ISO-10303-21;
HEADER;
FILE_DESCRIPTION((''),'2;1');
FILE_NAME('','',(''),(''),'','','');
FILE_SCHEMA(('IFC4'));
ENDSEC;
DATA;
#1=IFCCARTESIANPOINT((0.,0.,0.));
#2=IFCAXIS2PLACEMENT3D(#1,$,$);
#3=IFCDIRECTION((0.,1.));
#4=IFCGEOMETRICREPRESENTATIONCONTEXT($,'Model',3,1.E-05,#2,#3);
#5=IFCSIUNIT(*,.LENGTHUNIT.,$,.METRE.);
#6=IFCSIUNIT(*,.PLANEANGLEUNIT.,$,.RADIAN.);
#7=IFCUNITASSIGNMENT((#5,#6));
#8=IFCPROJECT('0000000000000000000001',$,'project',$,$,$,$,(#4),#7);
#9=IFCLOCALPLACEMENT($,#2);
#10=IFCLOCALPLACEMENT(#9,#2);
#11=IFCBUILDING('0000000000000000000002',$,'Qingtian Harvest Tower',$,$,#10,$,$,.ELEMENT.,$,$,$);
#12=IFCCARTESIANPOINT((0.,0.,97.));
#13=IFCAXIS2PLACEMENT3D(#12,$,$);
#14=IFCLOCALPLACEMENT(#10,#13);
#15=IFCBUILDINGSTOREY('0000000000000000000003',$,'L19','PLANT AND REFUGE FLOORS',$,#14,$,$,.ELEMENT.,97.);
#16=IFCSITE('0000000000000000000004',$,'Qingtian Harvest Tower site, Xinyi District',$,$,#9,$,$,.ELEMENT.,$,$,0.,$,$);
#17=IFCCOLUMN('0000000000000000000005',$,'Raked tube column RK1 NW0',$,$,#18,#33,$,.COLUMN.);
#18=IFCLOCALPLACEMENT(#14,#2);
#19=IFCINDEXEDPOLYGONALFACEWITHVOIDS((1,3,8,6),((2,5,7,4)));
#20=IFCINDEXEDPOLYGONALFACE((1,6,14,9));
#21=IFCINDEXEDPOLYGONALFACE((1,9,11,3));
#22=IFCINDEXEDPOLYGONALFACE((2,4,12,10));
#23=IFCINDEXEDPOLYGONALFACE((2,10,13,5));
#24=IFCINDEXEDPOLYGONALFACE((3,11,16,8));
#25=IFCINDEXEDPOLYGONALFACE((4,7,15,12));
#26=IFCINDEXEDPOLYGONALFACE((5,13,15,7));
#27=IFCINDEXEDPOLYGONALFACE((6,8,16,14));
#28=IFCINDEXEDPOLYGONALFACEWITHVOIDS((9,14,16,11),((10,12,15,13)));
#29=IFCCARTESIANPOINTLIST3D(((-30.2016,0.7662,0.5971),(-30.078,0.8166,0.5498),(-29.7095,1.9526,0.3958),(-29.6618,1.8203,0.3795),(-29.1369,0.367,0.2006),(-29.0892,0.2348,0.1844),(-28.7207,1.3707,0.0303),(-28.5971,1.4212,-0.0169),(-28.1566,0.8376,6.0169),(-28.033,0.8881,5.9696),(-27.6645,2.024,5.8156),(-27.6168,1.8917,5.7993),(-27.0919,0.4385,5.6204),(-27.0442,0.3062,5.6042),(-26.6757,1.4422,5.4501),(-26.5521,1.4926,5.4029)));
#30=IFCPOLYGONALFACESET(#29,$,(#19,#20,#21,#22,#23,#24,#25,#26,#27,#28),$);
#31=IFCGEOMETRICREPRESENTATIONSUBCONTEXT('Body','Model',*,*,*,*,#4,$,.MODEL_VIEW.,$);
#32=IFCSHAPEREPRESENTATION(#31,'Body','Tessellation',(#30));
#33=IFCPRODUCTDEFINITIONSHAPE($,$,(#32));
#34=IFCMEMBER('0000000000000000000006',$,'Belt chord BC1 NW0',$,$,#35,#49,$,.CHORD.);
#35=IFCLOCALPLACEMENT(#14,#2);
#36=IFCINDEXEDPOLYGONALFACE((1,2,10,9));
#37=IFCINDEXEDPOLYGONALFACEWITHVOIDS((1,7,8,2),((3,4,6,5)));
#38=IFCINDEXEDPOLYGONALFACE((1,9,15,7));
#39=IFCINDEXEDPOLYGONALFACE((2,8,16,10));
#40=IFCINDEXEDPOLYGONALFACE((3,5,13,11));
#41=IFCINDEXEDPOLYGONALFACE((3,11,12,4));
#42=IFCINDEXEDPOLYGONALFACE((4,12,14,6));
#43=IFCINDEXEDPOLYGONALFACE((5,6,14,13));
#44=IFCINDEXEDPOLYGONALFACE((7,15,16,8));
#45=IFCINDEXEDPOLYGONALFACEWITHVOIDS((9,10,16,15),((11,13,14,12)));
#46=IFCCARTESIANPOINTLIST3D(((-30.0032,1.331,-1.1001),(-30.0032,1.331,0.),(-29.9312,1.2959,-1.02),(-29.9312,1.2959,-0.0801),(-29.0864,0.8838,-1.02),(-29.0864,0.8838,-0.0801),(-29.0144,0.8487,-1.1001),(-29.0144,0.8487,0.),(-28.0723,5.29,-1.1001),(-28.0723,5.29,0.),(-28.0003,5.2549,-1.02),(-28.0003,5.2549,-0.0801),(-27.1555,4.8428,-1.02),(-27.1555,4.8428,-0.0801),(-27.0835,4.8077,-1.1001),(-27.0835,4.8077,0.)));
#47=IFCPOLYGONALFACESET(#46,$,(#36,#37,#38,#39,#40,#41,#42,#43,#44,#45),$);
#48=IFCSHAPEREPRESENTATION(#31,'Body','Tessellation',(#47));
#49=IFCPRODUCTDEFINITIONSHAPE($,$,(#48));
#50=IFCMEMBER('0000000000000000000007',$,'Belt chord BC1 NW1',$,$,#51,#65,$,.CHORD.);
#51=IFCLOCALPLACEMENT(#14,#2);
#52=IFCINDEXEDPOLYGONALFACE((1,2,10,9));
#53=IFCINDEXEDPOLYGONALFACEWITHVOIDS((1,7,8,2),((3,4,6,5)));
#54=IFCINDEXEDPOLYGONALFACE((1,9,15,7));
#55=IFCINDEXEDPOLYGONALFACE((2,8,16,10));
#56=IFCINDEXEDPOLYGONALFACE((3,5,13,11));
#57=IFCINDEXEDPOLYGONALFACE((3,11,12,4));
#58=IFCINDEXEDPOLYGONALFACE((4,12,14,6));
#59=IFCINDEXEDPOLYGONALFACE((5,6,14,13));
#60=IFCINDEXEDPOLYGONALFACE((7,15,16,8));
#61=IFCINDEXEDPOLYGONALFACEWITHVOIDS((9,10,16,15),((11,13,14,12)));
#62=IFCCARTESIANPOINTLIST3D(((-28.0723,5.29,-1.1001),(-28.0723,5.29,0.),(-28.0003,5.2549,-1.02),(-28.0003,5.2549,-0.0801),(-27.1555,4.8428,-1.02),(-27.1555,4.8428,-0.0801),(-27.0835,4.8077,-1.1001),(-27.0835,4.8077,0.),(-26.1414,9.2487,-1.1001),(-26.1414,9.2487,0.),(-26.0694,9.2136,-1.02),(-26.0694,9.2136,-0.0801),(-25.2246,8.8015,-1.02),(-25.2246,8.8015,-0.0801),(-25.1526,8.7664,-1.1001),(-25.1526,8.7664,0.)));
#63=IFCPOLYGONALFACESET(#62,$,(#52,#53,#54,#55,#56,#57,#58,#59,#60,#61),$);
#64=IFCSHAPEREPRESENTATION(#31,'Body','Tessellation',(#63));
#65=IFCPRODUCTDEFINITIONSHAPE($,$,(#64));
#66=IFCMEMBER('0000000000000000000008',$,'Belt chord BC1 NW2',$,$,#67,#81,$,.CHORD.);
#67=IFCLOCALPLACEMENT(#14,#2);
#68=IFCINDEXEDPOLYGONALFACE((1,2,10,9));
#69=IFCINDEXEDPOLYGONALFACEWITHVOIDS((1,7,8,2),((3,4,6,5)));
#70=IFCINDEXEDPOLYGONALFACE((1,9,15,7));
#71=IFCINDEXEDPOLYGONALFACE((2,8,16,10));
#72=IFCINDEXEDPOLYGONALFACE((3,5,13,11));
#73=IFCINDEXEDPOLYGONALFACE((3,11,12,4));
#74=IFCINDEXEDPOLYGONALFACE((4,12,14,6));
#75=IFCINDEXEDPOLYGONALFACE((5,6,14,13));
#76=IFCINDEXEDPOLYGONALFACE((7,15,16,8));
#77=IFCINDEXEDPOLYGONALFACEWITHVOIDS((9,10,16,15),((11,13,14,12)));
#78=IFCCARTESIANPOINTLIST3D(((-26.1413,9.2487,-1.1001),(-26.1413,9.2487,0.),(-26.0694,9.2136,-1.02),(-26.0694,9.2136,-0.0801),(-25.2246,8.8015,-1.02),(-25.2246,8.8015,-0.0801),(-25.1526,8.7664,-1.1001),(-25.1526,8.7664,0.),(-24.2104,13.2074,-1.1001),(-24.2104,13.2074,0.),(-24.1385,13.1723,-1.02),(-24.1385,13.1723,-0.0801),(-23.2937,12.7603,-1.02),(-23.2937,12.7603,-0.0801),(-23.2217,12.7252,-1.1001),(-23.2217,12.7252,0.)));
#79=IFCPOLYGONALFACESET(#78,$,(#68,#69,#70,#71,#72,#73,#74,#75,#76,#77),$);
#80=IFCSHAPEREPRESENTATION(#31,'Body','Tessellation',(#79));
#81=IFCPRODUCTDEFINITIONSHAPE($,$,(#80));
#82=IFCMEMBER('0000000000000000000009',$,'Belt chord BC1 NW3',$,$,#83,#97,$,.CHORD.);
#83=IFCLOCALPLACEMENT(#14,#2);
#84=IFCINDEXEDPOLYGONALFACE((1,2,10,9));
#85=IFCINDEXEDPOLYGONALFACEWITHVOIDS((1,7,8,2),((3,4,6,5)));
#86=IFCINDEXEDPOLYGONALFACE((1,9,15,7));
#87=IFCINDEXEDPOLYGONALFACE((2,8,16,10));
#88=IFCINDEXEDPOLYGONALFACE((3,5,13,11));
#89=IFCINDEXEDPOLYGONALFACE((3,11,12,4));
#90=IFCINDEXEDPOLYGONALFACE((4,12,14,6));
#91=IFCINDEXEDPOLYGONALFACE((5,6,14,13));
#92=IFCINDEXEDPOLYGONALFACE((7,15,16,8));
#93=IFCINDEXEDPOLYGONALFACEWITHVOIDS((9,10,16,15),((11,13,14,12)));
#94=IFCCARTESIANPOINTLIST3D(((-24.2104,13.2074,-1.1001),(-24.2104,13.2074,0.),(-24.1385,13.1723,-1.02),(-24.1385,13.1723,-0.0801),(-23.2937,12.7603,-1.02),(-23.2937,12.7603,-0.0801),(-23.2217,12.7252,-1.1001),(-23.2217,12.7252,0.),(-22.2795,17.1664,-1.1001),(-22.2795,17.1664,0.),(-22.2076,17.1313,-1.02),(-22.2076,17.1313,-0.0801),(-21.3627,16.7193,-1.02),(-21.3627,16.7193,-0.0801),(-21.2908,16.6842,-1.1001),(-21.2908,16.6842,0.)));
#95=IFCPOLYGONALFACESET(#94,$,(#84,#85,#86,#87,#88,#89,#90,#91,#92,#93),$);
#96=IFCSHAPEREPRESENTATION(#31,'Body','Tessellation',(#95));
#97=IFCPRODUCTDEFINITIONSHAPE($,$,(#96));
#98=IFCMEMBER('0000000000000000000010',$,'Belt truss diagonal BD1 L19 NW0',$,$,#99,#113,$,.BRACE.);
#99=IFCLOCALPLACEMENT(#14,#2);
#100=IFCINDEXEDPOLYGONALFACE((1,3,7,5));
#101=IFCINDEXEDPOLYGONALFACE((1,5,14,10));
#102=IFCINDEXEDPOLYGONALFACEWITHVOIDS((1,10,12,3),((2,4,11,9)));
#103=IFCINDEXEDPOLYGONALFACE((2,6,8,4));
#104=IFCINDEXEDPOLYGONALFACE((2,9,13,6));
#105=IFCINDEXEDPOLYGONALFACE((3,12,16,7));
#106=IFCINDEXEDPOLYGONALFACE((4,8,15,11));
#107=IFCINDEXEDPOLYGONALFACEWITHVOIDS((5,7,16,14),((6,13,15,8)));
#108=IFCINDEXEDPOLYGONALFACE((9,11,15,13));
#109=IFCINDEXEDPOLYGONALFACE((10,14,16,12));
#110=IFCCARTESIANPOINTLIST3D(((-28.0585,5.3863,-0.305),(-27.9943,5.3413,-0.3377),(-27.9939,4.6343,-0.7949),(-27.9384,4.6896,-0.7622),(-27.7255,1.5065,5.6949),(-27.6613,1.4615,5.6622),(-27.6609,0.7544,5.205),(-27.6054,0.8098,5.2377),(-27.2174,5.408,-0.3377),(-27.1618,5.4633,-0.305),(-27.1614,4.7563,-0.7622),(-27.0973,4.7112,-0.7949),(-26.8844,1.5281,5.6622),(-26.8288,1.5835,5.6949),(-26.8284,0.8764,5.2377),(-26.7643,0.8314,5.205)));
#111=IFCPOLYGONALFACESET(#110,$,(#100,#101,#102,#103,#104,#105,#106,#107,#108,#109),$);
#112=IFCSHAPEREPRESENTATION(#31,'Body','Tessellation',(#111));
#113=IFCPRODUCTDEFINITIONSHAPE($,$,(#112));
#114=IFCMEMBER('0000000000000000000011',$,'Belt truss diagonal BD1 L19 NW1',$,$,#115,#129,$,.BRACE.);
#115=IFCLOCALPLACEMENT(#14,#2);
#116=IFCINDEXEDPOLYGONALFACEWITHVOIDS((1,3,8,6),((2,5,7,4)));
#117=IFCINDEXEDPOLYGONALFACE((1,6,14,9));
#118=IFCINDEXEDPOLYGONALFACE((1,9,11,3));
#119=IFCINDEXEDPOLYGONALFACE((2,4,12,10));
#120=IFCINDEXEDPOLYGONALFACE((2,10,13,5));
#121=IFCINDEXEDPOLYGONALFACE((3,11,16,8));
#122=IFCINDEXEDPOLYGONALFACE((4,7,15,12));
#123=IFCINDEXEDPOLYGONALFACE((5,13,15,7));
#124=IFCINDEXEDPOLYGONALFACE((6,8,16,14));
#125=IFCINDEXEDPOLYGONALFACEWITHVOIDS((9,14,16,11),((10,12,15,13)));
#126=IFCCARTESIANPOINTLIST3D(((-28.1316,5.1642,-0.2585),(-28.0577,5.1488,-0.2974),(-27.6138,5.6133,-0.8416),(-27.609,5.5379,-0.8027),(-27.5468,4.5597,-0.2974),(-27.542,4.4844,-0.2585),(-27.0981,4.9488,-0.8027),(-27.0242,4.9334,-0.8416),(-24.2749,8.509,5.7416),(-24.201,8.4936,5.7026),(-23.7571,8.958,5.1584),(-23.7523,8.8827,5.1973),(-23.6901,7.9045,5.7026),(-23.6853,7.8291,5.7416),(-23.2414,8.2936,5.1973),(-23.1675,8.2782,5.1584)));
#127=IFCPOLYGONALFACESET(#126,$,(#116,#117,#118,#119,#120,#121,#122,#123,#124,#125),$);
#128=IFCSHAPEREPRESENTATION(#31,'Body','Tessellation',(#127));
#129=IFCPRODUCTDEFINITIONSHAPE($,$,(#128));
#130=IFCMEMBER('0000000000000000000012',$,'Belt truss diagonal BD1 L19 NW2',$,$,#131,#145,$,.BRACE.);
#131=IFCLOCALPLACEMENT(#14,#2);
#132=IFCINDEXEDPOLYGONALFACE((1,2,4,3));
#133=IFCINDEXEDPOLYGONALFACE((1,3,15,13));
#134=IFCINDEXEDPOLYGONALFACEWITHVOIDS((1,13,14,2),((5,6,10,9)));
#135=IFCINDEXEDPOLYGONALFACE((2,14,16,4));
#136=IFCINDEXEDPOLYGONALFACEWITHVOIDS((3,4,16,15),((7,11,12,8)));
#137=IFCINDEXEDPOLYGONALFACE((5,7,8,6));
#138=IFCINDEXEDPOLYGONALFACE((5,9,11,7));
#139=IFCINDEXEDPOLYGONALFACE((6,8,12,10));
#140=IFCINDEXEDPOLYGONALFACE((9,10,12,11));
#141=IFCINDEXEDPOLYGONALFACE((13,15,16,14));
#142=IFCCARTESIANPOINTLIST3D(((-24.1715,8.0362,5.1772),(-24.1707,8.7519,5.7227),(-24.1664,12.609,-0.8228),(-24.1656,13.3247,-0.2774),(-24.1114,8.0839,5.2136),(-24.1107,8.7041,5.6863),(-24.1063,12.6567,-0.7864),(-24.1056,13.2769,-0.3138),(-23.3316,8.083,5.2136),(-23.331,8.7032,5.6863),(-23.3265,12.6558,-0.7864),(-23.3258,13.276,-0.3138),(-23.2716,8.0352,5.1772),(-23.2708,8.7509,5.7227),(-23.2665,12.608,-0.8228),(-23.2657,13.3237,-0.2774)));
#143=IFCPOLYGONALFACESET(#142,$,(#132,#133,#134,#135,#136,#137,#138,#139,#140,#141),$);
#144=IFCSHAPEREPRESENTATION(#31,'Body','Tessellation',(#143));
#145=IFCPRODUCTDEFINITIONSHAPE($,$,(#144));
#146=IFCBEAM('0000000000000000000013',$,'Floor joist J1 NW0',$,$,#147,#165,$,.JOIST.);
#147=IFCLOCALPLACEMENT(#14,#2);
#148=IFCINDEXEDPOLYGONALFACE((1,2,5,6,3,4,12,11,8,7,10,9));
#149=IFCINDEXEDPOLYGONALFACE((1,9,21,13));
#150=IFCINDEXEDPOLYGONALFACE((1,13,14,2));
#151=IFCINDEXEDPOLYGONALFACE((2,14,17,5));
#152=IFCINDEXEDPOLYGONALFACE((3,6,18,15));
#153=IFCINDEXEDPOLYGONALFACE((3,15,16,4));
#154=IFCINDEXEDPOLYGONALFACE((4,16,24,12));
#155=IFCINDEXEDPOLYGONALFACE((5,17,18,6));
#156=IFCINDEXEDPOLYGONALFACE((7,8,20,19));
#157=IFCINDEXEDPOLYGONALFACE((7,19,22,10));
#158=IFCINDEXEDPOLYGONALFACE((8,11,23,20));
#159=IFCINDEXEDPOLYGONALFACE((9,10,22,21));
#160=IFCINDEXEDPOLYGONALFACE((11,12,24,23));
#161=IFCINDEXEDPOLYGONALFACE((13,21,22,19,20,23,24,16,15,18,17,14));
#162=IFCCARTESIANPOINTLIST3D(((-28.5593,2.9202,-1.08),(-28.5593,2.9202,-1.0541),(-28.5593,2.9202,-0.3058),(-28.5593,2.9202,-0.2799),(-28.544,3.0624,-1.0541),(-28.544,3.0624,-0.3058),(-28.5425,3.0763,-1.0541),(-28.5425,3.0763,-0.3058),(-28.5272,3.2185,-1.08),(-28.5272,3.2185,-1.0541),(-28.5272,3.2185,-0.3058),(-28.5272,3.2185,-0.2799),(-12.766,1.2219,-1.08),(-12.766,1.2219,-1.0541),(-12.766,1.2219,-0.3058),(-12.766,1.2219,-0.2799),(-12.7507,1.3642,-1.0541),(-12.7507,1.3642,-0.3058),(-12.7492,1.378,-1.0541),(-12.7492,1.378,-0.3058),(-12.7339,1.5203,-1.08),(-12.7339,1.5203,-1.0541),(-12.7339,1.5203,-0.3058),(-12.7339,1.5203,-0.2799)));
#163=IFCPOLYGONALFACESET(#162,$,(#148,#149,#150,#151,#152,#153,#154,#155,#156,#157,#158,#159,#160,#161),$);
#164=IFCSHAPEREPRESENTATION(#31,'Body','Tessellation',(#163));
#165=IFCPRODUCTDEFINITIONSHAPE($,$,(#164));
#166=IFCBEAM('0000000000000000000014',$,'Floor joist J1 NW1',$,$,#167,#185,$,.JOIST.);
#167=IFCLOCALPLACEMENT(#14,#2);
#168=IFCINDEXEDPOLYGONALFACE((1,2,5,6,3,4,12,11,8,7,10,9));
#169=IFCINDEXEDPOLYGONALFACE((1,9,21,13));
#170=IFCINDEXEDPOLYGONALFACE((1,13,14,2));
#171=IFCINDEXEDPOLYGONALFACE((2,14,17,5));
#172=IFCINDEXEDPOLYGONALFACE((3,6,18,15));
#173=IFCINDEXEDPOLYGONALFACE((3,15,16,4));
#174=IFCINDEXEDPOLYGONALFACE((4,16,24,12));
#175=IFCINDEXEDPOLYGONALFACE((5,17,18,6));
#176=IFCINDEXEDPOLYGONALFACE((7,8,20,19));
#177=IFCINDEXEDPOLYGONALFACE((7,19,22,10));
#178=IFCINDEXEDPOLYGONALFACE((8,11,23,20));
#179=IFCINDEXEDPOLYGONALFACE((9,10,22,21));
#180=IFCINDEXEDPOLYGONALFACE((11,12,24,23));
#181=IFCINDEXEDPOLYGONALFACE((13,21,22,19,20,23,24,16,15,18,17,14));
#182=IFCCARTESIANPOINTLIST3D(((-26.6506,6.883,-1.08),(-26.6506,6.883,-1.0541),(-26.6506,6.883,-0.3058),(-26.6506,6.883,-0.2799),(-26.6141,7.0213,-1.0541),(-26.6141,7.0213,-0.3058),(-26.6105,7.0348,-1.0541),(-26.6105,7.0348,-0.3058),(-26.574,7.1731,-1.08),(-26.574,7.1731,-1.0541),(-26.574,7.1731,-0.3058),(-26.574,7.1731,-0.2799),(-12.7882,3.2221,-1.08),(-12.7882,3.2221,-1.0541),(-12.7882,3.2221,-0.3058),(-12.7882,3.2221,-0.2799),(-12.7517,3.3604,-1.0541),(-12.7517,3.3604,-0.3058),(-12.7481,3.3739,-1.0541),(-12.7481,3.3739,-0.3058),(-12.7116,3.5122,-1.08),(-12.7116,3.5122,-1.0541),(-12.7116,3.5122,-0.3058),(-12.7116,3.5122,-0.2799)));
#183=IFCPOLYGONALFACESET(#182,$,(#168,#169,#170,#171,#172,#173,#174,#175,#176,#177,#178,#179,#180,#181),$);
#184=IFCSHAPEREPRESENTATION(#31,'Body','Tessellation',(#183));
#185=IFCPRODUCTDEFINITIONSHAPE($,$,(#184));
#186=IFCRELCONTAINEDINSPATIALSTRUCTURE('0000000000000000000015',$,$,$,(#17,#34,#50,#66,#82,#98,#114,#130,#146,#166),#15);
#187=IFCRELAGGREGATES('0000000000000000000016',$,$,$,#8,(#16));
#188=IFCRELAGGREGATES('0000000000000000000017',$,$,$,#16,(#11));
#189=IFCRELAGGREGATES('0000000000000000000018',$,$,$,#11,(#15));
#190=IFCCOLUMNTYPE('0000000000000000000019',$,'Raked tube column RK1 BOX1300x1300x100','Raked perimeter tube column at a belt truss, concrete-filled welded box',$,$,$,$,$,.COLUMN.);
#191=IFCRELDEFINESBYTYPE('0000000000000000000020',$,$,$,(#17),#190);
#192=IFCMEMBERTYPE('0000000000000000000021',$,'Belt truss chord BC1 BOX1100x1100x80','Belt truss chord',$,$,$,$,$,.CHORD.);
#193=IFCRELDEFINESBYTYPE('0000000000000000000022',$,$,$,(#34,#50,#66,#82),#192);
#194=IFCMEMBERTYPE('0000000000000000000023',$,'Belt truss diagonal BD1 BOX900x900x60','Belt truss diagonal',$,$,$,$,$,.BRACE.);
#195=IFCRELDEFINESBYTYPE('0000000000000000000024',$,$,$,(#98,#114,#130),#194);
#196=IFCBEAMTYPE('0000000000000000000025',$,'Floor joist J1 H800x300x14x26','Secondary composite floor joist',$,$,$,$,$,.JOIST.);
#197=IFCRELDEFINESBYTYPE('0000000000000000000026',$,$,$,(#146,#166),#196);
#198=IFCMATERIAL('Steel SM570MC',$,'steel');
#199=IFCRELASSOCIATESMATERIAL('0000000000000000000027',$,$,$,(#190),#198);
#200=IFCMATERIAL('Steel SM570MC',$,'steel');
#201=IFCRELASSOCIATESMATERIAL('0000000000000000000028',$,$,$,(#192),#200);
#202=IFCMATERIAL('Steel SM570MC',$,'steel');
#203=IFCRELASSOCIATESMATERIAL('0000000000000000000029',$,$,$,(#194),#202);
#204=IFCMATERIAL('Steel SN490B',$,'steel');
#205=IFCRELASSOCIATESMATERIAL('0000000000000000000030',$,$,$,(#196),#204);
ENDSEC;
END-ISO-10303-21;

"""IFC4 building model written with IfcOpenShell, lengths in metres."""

from ifc_helpers import new_model, si_unit, direction, frame, origin, origin_2d, place, context, subcontext, project, spatial, hollow_rectangle, i_section, extrude, clip, halfspace, material, material_profile, profile_set, type_object, element, save


model = new_model("IFC4")

# Units and contexts
model_context = context("Model", 3, precision=1e-05, world=origin(), true_north=direction((0.0, 1.0)))
body_context = subcontext(model_context, "Body", "Model", "MODEL_VIEW")
ifc_project = project(units=[si_unit("LENGTHUNIT", "METRE"), si_unit("PLANEANGLEUNIT", "RADIAN")], contexts=[model_context])

# Site, building, storey
site_placement = place(None, origin())
site = spatial("IfcSite", under=ifc_project, at=site_placement, Name="Qingtian Harvest Tower site, Xinyi District", CompositionType="ELEMENT", RefElevation=0.0)
building_placement = place(site_placement, origin())
building = spatial("IfcBuilding", under=site, at=building_placement, Name="Qingtian Harvest Tower", CompositionType="ELEMENT")
storey_placement = place(building_placement, frame((0.0, 0.0, 97.0)))
storey = spatial("IfcBuildingStorey", under=building, at=storey_placement, Name="L19", Description="PLANT AND REFUGE FLOORS", CompositionType="ELEMENT", Elevation=97.0)

# Column
ifc_material_1 = material(Name="Steel SM570MC", Category="steel")
ifc_material_profile_1 = material_profile(ifc_material_1, hollow_rectangle(XDim=1.3, YDim=1.3, WallThickness=0.1001, at=origin_2d()), Name="BOX1300x1300x100")
ifc_profile_set_1 = profile_set([ifc_material_profile_1], Name="Steel SM570MC")
column_type = type_object("IfcColumnType", Name="Raked tube column RK1 BOX1300x1300x100", Description="Raked perimeter tube column at a belt truss, concrete-filled welded box", PredefinedType="COLUMN", material=ifc_profile_set_1)
column_1_placement = place(storey_placement, frame((-29.5088, 1.0898, 0.0), z_axis=(0.352998, 0.012334, 0.935543), x_axis=(0.855655, -0.408742, -0.317466)))
element("IfcColumn", 1, at=column_1_placement, inside=storey, type_object=column_type, Name="Raked tube column RK1 NW0", PredefinedType="COLUMN", context=body_context, shape_type="Clipping", body=[
    clip(clip(extrude(hollow_rectangle(XDim=1.3, YDim=1.3, WallThickness=0.1001, at=origin_2d()), origin(), (0.0, 0.0, 1.0), 6.4133), halfspace(frame((0.0, 0.0, 0.3101), z_axis=(0.0, 0.0, -1.0), x_axis=(0.0, -1.0, 0.0)), False)), halfspace(frame((0.0, 0.0, 6.1033), z_axis=(0.0, 0.0, 1.0), x_axis=(0.0, 1.0, 0.0)), False)),
])

# Members
ifc_material_2 = material(Name="Steel SM570MC", Category="steel")
ifc_material_profile_2 = material_profile(ifc_material_2, hollow_rectangle(XDim=1.1001, YDim=1.1001, WallThickness=0.0801, at=origin_2d()), Name="BOX1100x1100x80")
ifc_profile_set_2 = profile_set([ifc_material_profile_2], Name="Steel SM570MC")
member_type_1 = type_object("IfcMemberType", Name="Belt truss chord BC1 BOX1100x1100x80", Description="Belt truss chord", PredefinedType="CHORD", material=ifc_profile_set_2)
member_1_placement = place(storey_placement, frame((-29.5088, 1.0898, -0.55), z_axis=(0.438368, 0.898796, 0.0), x_axis=(-0.898796, 0.438368, 0.0)))
element("IfcMember", 2, at=member_1_placement, inside=storey, type_object=member_type_1, Name="Belt chord BC1 NW0", PredefinedType="CHORD", context=body_context, shape_type="SweptSolid", body=[
    extrude(hollow_rectangle(XDim=1.1001, YDim=1.1001, WallThickness=0.0801, at=origin_2d()), origin(), (0.0, 0.0, 1.0), 4.4048),
])
for number, where, z_axis, x_axis, name in (
    (3, (-27.5779, 5.0488, -0.55), (0.43839, 0.898785, 0.0), (-0.898785, 0.43839, 0.0), "Belt chord BC1 NW1"),
    (4, (-25.647, 9.0076, -0.55), (0.43839, 0.898785, 0.0), (-0.898785, 0.43839, 0.0), "Belt chord BC1 NW2"),
):
    element("IfcMember", number, at=place(storey_placement, frame(where, z_axis=z_axis, x_axis=x_axis)), inside=storey, type_object=member_type_1, Name=name, PredefinedType="CHORD", context=body_context, shape_type="SweptSolid", body=[
        extrude(hollow_rectangle(XDim=1.1001, YDim=1.1001, WallThickness=0.0801, at=origin_2d()), origin(), (0.0, 0.0, 1.0), 4.4045),
    ])
member_2_placement = place(storey_placement, frame((-23.7161, 12.9663, -0.55), z_axis=(0.438368, 0.898796, 0.0), x_axis=(-0.898796, 0.438368, 0.0)))
element("IfcMember", 5, at=member_2_placement, inside=storey, type_object=member_type_1, Name="Belt chord BC1 NW3", PredefinedType="CHORD", context=body_context, shape_type="SweptSolid", body=[
    extrude(hollow_rectangle(XDim=1.1001, YDim=1.1001, WallThickness=0.0801, at=origin_2d()), origin(), (0.0, 0.0, 1.0), 4.4048),
])
ifc_material_3 = material(Name="Steel SM570MC", Category="steel")
ifc_material_profile_3 = material_profile(ifc_material_3, hollow_rectangle(XDim=0.8999, YDim=0.8999, WallThickness=0.0601, at=origin_2d()), Name="BOX900x900x60")
ifc_profile_set_3 = profile_set([ifc_material_profile_3], Name="Steel SM570MC")
member_type_2 = type_object("IfcMemberType", Name="Belt truss diagonal BD1 BOX900x900x60", Description="Belt truss diagonal", PredefinedType="BRACE", material=ifc_profile_set_3)
member_3_placement = place(storey_placement, frame((-27.2449, 1.1689, 5.45), z_axis=(-0.046555, 0.542419, -0.838817), x_axis=(-0.996337, -0.085515, 0.0)))
element("IfcMember", 6, at=member_3_placement, inside=storey, type_object=member_type_2, Name="Belt truss diagonal BD1 L19 NW0", PredefinedType="BRACE", context=body_context, shape_type="SweptSolid", body=[
    extrude(hollow_rectangle(XDim=0.8999, YDim=0.8999, WallThickness=0.0601, at=origin_2d()), origin(), (0.0, 0.0, 1.0), 7.1528),
])
member_4_placement = place(storey_placement, frame((-27.5779, 5.0488, -0.55), z_axis=(0.489558, 0.424571, 0.761625), x_axis=(-0.655184, 0.75547, 0.0)))
element("IfcMember", 7, at=member_4_placement, inside=storey, type_object=member_type_2, Name="Belt truss diagonal BD1 L19 NW1", PredefinedType="BRACE", context=body_context, shape_type="SweptSolid", body=[
    extrude(hollow_rectangle(XDim=0.8999, YDim=0.8999, WallThickness=0.0601, at=origin_2d()), origin(), (0.0, 0.0, 1.0), 7.8779),
])
member_5_placement = place(storey_placement, frame((-23.7212, 8.3936, 5.45), z_axis=(0.00068, 0.606154, -0.795347), x_axis=(-0.999999, 0.001121, 0.0)))
element("IfcMember", 8, at=member_5_placement, inside=storey, type_object=member_type_2, Name="Belt truss diagonal BD1 L19 NW2", PredefinedType="BRACE", context=body_context, shape_type="SweptSolid", body=[
    extrude(hollow_rectangle(XDim=0.8999, YDim=0.8999, WallThickness=0.0601, at=origin_2d()), origin(), (0.0, 0.0, 1.0), 7.5439),
])

# Beams
ifc_material_4 = material(Name="Steel SN490B", Category="steel")
ifc_material_profile_4 = material_profile(ifc_material_4, i_section(OverallWidth=0.3, OverallDepth=0.8, WebThickness=0.0139, FlangeThickness=0.0259, at=origin_2d()), Name="H800x300x14x26")
ifc_profile_set_4 = profile_set([ifc_material_profile_4], Name="Steel SN490B")
beam_type_1 = type_object("IfcBeamType", Name="Floor joist J1 H800x300x14x26", Description="Secondary composite floor joist", PredefinedType="JOIST", material=ifc_profile_set_4)
beam_1_placement = place(storey_placement, frame((-28.5432, 3.0693, -0.6799), z_axis=(0.994268, -0.106914, 0.0), x_axis=(0.106914, 0.994268, 0.0)))
element("IfcBeam", 9, at=beam_1_placement, inside=storey, type_object=beam_type_1, Name="Floor joist J1 NW0", PredefinedType="JOIST", context=body_context, shape_type="SweptSolid", body=[
    extrude(i_section(OverallWidth=0.3, OverallDepth=0.8, WebThickness=0.0139, FlangeThickness=0.0259, at=origin_2d()), origin(), (0.0, 0.0, 1.0), 15.8843),
])
beam_2_placement = place(storey_placement, frame((-26.6123, 7.0281, -0.6799), z_axis=(0.966852, -0.255336, 0.0), x_axis=(0.255336, 0.966852, 0.0)))
element("IfcBeam", 10, at=beam_2_placement, inside=storey, type_object=beam_type_1, Name="Floor joist J1 NW1", PredefinedType="JOIST", context=body_context, shape_type="SweptSolid", body=[
    extrude(i_section(OverallWidth=0.3, OverallDepth=0.8, WebThickness=0.0139, FlangeThickness=0.0259, at=origin_2d()), origin(), (0.0, 0.0, 1.0), 14.3376),
])

save(model, "model.ifc")
